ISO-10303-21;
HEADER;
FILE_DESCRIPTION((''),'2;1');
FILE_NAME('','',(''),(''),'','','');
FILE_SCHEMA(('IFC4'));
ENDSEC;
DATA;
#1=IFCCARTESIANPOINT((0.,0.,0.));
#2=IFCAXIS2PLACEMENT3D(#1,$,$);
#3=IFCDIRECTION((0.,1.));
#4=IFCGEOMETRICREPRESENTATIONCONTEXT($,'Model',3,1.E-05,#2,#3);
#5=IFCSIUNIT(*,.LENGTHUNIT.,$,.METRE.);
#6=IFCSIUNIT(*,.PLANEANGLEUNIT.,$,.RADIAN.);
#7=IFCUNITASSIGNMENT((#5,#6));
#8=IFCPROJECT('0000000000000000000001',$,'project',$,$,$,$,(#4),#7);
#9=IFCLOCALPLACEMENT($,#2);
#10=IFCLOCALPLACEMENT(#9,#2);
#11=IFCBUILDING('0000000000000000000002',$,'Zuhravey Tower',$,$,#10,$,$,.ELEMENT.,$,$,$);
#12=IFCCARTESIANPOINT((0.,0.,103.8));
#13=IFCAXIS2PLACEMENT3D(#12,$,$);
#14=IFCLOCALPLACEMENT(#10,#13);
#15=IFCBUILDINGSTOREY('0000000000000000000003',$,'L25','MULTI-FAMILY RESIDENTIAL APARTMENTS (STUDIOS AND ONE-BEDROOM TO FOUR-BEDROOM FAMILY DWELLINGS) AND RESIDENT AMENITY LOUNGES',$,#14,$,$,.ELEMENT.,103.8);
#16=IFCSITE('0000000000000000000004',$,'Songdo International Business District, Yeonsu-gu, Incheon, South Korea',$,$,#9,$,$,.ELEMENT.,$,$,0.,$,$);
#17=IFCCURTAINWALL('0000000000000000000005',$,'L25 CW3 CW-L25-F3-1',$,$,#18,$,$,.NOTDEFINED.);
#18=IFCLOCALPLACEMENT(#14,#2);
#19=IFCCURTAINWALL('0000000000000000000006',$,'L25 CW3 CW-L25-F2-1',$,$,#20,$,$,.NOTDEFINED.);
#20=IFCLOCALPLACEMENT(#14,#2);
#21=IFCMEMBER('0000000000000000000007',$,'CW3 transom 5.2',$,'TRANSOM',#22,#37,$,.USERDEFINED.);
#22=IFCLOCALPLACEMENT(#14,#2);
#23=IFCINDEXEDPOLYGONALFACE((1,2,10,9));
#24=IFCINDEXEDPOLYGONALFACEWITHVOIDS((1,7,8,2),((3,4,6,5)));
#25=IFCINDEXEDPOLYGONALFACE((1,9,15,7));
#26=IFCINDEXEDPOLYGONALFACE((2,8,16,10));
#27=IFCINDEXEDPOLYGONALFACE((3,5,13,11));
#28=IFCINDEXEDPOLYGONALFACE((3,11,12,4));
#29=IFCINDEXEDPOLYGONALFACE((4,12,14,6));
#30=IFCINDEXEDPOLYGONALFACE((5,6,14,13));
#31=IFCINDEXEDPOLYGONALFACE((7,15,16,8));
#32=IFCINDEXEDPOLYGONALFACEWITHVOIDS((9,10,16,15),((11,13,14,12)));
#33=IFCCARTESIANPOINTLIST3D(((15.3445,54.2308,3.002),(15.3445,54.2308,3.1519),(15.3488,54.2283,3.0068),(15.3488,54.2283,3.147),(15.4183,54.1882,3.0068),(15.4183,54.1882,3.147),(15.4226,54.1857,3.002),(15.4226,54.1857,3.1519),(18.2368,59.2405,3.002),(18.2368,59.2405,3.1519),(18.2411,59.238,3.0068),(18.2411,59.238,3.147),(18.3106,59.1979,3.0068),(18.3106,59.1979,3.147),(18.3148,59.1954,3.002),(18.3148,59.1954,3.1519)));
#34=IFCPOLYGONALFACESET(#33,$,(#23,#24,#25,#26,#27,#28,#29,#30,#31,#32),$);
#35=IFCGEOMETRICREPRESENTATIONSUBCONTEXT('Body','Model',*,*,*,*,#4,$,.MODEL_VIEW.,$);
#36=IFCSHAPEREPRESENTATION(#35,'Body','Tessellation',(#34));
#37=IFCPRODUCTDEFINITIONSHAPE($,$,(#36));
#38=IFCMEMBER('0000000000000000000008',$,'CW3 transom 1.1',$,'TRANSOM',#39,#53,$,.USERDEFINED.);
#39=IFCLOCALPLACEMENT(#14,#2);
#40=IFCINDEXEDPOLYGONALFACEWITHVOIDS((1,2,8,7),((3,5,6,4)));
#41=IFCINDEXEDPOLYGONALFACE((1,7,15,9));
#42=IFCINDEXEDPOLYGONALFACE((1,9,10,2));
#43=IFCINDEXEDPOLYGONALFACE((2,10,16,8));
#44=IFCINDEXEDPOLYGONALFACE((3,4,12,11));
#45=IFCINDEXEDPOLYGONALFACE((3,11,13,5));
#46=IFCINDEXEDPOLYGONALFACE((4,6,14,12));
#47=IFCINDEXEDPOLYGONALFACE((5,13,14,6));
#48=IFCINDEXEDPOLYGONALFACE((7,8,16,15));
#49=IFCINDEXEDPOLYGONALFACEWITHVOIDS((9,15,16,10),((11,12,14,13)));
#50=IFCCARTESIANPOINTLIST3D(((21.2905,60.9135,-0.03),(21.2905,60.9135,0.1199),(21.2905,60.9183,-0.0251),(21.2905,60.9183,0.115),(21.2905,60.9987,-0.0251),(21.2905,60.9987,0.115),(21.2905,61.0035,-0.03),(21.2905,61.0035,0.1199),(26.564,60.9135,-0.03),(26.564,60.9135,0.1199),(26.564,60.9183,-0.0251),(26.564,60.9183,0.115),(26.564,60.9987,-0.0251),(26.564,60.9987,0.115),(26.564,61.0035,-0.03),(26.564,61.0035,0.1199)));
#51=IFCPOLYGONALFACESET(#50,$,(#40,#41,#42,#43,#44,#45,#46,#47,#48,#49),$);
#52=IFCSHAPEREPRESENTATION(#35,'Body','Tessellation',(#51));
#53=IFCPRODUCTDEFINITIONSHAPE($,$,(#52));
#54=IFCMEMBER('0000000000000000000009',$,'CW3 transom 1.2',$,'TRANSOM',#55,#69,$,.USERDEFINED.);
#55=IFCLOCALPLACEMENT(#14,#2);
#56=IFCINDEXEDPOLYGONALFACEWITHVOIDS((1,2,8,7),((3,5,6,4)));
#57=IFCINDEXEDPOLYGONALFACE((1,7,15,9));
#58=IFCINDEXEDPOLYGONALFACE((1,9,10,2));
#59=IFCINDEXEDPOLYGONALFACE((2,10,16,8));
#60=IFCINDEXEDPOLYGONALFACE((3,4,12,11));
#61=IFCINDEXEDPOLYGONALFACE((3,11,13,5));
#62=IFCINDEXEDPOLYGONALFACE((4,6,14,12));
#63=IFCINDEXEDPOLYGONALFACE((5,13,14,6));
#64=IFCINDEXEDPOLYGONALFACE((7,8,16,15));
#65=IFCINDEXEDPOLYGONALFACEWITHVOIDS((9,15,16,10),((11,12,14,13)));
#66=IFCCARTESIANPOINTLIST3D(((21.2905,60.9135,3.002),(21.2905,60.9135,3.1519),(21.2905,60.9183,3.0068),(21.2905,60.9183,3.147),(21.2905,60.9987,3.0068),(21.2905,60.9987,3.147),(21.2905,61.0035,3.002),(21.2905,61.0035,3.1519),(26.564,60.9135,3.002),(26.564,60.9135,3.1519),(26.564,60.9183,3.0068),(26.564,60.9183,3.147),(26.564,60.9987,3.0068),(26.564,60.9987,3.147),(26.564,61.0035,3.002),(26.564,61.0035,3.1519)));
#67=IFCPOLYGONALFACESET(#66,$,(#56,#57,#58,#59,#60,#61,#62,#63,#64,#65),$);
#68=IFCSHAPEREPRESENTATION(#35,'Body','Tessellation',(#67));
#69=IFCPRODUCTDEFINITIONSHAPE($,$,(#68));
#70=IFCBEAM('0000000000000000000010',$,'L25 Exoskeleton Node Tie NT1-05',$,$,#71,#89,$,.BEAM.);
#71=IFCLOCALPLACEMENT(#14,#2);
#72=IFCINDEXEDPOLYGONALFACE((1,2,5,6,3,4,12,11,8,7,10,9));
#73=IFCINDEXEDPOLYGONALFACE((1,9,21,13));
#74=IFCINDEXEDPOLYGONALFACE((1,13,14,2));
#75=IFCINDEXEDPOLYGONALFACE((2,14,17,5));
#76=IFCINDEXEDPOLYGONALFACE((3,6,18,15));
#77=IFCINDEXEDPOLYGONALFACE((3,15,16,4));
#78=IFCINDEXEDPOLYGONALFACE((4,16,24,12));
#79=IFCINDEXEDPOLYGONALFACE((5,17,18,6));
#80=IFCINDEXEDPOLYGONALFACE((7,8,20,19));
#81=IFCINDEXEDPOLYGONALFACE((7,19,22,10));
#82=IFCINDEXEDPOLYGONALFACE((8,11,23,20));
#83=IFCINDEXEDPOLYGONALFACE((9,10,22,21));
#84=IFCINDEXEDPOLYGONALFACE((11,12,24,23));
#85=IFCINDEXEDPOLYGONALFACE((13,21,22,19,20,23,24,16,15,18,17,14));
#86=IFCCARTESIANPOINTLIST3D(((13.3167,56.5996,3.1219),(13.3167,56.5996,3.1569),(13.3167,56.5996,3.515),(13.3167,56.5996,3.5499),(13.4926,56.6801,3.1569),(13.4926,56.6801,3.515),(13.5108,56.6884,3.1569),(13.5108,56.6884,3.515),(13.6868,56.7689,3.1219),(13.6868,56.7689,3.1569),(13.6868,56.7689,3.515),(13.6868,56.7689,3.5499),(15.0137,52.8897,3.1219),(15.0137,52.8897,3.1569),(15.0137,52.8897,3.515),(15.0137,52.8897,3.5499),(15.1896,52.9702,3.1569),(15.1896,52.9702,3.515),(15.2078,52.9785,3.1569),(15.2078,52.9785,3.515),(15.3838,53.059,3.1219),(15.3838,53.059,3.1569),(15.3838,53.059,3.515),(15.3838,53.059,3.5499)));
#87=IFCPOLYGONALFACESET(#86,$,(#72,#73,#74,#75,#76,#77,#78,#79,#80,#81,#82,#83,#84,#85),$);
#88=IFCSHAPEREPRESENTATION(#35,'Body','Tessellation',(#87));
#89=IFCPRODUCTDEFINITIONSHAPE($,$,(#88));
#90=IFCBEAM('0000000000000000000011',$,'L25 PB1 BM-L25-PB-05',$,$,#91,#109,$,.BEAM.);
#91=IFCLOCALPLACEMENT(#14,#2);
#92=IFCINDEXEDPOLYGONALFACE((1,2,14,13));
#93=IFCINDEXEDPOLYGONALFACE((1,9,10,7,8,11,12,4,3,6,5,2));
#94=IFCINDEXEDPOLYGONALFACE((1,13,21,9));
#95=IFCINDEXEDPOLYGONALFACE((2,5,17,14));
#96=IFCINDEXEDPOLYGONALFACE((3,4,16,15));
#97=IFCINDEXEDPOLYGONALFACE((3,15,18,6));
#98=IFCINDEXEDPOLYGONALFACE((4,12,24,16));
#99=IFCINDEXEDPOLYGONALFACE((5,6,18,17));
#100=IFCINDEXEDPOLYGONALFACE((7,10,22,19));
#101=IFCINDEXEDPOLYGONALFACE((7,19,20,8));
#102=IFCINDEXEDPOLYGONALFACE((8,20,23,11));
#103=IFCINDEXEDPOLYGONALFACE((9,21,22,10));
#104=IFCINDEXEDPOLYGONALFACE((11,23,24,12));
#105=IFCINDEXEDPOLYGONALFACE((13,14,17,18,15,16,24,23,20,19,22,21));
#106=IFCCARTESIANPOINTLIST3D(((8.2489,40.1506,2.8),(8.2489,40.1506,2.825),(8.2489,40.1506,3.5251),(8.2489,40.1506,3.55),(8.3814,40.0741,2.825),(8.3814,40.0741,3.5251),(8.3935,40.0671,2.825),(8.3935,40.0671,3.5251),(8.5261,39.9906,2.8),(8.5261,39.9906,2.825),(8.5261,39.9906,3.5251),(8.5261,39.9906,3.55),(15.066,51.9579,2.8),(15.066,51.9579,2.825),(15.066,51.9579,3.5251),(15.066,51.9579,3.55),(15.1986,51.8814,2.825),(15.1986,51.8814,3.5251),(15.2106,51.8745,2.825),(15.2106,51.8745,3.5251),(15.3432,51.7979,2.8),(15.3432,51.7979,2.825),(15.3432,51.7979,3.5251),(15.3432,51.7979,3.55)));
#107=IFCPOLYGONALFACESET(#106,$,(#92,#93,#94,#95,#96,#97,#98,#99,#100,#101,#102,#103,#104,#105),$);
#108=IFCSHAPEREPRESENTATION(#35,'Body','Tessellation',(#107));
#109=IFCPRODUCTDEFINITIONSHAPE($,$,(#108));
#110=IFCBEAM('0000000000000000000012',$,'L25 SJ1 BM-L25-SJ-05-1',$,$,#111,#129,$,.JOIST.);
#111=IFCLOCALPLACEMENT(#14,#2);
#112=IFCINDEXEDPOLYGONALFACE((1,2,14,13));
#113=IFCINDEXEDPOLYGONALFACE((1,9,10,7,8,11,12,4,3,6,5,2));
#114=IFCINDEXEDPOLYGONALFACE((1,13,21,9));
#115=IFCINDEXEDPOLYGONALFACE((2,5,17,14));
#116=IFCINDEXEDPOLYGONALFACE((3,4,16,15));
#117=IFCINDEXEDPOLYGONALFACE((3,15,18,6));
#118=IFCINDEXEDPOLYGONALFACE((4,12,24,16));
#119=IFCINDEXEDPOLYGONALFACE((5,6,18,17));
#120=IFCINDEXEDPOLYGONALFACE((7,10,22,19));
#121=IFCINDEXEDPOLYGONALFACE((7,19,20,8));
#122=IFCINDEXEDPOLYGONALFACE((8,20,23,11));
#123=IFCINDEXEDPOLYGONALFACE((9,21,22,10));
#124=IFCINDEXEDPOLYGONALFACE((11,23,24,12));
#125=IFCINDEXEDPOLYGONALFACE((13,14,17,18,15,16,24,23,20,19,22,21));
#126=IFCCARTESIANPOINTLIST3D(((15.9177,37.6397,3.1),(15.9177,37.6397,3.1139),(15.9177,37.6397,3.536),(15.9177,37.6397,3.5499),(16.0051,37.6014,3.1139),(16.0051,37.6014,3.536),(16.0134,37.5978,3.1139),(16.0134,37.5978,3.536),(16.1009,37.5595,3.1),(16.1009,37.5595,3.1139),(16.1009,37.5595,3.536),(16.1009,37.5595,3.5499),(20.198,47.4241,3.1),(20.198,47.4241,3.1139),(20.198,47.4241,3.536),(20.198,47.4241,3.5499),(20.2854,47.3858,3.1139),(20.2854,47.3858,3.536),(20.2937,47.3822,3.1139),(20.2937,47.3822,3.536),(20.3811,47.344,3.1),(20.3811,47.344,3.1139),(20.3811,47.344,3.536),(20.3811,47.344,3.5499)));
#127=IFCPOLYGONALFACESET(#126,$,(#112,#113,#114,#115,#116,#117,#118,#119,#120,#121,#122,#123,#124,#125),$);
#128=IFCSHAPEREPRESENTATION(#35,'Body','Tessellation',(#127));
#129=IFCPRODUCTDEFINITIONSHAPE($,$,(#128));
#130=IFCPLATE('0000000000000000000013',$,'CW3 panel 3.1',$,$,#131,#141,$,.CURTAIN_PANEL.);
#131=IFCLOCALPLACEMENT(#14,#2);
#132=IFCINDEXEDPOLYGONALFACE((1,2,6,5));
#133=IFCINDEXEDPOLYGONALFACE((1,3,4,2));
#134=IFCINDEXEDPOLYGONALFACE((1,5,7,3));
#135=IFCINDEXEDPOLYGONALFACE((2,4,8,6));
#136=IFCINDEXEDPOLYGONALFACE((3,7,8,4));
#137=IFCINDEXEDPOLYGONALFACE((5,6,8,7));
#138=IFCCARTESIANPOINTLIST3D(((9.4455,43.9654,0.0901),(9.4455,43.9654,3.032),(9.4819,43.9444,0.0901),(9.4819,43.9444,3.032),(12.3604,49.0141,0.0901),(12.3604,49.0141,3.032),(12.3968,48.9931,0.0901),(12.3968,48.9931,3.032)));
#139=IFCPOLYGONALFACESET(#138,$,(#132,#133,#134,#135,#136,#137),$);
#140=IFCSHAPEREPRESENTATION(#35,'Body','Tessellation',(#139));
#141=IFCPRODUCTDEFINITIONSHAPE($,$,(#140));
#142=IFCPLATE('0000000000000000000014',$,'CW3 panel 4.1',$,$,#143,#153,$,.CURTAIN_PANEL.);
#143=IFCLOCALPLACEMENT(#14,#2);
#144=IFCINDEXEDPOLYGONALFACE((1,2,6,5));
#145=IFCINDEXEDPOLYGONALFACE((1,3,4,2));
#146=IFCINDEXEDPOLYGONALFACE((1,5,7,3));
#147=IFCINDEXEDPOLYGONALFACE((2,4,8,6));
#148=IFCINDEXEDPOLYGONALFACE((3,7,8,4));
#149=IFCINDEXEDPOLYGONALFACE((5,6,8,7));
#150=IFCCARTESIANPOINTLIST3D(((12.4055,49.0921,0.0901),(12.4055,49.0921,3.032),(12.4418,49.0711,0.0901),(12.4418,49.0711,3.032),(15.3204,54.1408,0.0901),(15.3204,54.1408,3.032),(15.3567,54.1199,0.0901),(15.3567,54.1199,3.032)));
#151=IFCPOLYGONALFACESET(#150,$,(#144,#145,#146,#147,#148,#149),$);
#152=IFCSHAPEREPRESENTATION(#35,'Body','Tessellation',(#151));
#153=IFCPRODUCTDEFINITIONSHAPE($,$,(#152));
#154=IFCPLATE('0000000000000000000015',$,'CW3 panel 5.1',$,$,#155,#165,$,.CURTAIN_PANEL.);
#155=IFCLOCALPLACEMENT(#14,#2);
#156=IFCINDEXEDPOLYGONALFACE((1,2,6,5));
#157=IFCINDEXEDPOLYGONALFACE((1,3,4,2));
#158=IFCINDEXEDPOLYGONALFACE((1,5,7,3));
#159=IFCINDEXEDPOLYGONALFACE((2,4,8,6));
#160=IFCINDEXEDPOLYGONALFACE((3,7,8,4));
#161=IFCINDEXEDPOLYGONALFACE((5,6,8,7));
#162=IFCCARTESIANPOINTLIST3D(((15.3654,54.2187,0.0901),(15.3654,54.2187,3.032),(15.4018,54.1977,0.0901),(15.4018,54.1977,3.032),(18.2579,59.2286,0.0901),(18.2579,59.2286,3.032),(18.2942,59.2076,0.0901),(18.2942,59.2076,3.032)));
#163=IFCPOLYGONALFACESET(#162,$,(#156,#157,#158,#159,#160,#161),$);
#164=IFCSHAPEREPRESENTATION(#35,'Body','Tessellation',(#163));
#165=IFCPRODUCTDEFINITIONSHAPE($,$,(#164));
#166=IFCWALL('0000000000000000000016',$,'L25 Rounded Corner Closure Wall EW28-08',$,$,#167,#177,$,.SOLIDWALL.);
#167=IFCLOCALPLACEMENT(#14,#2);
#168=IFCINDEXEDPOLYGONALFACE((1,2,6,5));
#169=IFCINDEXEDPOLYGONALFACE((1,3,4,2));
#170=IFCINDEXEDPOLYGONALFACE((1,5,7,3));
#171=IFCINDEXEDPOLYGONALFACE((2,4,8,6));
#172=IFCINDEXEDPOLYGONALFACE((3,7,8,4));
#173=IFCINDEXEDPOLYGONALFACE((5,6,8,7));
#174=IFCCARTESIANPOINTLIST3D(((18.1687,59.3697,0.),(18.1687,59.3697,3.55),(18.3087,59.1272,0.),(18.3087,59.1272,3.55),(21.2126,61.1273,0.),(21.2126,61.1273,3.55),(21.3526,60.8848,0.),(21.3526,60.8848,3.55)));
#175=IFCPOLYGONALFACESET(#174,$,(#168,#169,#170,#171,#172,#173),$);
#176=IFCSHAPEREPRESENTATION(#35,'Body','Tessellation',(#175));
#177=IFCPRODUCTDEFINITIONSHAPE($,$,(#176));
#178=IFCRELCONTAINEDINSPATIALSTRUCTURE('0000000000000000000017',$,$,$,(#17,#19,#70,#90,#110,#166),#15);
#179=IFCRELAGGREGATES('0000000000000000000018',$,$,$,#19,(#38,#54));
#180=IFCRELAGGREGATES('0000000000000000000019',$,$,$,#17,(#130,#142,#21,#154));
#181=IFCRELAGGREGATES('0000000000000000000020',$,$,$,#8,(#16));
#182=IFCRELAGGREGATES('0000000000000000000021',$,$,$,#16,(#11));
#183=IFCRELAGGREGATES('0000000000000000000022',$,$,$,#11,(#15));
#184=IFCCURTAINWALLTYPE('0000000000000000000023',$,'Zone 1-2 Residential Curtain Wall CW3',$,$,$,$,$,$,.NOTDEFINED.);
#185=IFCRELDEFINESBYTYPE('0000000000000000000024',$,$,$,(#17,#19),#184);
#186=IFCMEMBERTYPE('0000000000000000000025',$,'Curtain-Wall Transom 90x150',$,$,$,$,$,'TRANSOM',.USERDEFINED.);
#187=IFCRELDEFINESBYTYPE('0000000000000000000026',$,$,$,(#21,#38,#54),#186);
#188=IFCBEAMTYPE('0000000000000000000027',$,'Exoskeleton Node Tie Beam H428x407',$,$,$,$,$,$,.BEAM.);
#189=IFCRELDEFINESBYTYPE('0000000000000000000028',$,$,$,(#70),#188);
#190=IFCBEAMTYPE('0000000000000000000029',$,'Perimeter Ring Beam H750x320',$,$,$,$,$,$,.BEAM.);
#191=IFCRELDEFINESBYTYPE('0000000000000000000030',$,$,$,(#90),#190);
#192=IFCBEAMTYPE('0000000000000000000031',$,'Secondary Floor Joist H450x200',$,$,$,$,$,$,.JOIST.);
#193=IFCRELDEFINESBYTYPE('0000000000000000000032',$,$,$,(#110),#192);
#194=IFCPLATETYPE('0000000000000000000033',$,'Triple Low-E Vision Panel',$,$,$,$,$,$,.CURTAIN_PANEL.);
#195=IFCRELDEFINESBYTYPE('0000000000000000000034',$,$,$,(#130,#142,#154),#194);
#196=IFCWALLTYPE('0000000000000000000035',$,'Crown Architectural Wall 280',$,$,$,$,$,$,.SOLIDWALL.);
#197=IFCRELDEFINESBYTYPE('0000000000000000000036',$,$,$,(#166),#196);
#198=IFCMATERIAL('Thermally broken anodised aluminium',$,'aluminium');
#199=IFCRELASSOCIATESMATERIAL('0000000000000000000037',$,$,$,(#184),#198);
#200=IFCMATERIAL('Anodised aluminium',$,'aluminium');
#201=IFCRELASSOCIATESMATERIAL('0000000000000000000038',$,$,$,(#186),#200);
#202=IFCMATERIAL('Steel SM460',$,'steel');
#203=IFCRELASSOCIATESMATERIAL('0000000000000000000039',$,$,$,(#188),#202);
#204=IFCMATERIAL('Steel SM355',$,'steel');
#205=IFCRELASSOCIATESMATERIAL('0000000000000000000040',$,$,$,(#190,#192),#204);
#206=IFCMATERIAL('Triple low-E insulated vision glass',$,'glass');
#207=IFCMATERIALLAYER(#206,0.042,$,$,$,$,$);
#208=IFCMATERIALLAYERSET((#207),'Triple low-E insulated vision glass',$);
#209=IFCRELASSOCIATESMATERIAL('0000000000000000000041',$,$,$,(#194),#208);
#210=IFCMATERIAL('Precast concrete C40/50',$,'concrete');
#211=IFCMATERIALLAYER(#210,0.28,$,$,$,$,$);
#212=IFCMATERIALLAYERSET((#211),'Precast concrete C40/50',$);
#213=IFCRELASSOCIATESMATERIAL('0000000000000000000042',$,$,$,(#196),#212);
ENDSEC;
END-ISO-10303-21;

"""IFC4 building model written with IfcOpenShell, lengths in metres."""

from ifc_helpers import new_model, si_unit, direction, frame, frame_2d, origin, origin_2d, place, context, subcontext, project, spatial, rectangle, hollow_rectangle, i_section, extrude, material, layer, layer_set, material_profile, profile_set, type_object, element, aggregate, save


model = new_model("IFC4")

# Units and contexts
model_context = context("Model", 3, precision=1e-05, world=origin(), true_north=direction((0.0, 1.0)))
body_context = subcontext(model_context, "Body", "Model", "MODEL_VIEW")
ifc_project = project(units=[si_unit("LENGTHUNIT", "METRE"), si_unit("PLANEANGLEUNIT", "RADIAN")], contexts=[model_context])

# Site, building, storey
site_placement = place(None, origin())
site = spatial("IfcSite", under=ifc_project, at=site_placement, Name="Songdo International Business District, Yeonsu-gu, Incheon, South Korea", CompositionType="ELEMENT", RefElevation=0.0)
building_placement = place(site_placement, origin())
building = spatial("IfcBuilding", under=site, at=building_placement, Name="Zuhravey Tower", CompositionType="ELEMENT")
storey_placement = place(building_placement, frame((0.0, 0.0, 103.8)))
storey = spatial("IfcBuildingStorey", under=building, at=storey_placement, Name="L25", Description="MULTI-FAMILY RESIDENTIAL APARTMENTS (STUDIOS AND ONE-BEDROOM TO FOUR-BEDROOM FAMILY DWELLINGS) AND RESIDENT AMENITY LOUNGES", CompositionType="ELEMENT", Elevation=103.8)

# Curtain wall
ifc_material_1 = material(Name="Thermally broken anodised aluminium", Category="aluminium")
curtain_wall_type = type_object("IfcCurtainWallType", Name="Zone 1-2 Residential Curtain Wall CW3", PredefinedType="NOTDEFINED", material=ifc_material_1)
curtain_wall_1_placement = place(storey_placement, origin())
curtain_wall_1 = element("IfcCurtainWall", 1, at=curtain_wall_1_placement, inside=storey, type_object=curtain_wall_type, Name="L25 CW3 CW-L25-F3-1", PredefinedType="NOTDEFINED")
ifc_material_2 = material(Name="Anodised aluminium", Category="aluminium")

# Curtain wall
curtain_wall_2_placement = place(storey_placement, origin())
curtain_wall_2 = element("IfcCurtainWall", 2, at=curtain_wall_2_placement, inside=storey, type_object=curtain_wall_type, Name="L25 CW3 CW-L25-F2-1", PredefinedType="NOTDEFINED")

# Members
ifc_material_profile_1 = material_profile(ifc_material_2, hollow_rectangle(XDim=0.0901, YDim=0.1499, WallThickness=0.0049, at=origin_2d()), Name="ALU-RHS-90x150x5")
ifc_profile_set_1 = profile_set([ifc_material_profile_1], Name="Anodised aluminium")
member_type_1 = type_object("IfcMemberType", Name="Curtain-Wall Transom 90x150", ElementType="TRANSOM", PredefinedType="USERDEFINED", material=ifc_profile_set_1)
member_1_placement = place(storey_placement, frame((15.3835, 54.2083, 3.0769), z_axis=(0.499993, 0.86603, 0.0), x_axis=(-0.86603, 0.499993, 0.0)))
member_1 = element("IfcMember", 3, at=member_1_placement, type_object=member_type_1, Name="CW3 transom 5.2", ObjectType="TRANSOM", PredefinedType="USERDEFINED", context=body_context, shape_type="SweptSolid", body=[
    extrude(hollow_rectangle(XDim=0.0901, YDim=0.1499, WallThickness=0.0049, at=origin_2d()), origin(), (0.0, 0.0, 1.0), 5.7847),
])
member_2_placement = place(storey_placement, frame((21.2905, 60.9585, 0.0449), z_axis=(1.0, 0.0, 0.0), x_axis=(0.0, 1.0, 0.0)))
member_2 = element("IfcMember", 4, at=member_2_placement, type_object=member_type_1, Name="CW3 transom 1.1", ObjectType="TRANSOM", PredefinedType="USERDEFINED", context=body_context, shape_type="SweptSolid", body=[
    extrude(hollow_rectangle(XDim=0.0901, YDim=0.1499, WallThickness=0.0049, at=origin_2d()), origin(), (0.0, 0.0, 1.0), 5.2734),
])
member_3_placement = place(storey_placement, frame((21.2905, 60.9585, 3.0769), z_axis=(1.0, 0.0, 0.0), x_axis=(0.0, 1.0, 0.0)))
member_3 = element("IfcMember", 5, at=member_3_placement, type_object=member_type_1, Name="CW3 transom 1.2", ObjectType="TRANSOM", PredefinedType="USERDEFINED", context=body_context, shape_type="SweptSolid", body=[
    extrude(hollow_rectangle(XDim=0.0901, YDim=0.1499, WallThickness=0.0049, at=origin_2d()), origin(), (0.0, 0.0, 1.0), 5.2734),
])
aggregate(curtain_wall_2, [member_2, member_3])

# Beams
ifc_material_3 = material(Name="Steel SM460", Category="steel")
ifc_material_profile_2 = material_profile(ifc_material_3, i_section(OverallWidth=0.407, OverallDepth=0.428, WebThickness=0.02, FlangeThickness=0.0349, at=origin_2d()), Name="H-428x407x20x35")
ifc_profile_set_2 = profile_set([ifc_material_profile_2], Name="Steel SM460")
beam_type_1 = type_object("IfcBeamType", Name="Exoskeleton Node Tie Beam H428x407", PredefinedType="BEAM", material=ifc_profile_set_2)
beam_1_placement = place(storey_placement, frame((15.1987, 52.9744, 3.3359), z_axis=(-0.41597, 0.909378, 0.0), x_axis=(-0.909378, -0.41597, 0.0)))
element("IfcBeam", 6, at=beam_1_placement, inside=storey, type_object=beam_type_1, Name="L25 Exoskeleton Node Tie NT1-05", PredefinedType="BEAM", context=body_context, shape_type="SweptSolid", body=[
    extrude(i_section(OverallWidth=0.407, OverallDepth=0.428, WebThickness=0.02, FlangeThickness=0.0349, at=origin_2d()), origin(), (0.0, 0.0, 1.0), 4.0796),
])
ifc_material_4 = material(Name="Steel SM355", Category="steel")
ifc_material_profile_3 = material_profile(ifc_material_4, i_section(OverallWidth=0.3201, OverallDepth=0.75, WebThickness=0.0139, FlangeThickness=0.0249, at=origin_2d()), Name="H-750x320x14x25")
ifc_profile_set_3 = profile_set([ifc_material_profile_3], Name="Steel SM355")
beam_type_2 = type_object("IfcBeamType", Name="Perimeter Ring Beam H750x320", PredefinedType="BEAM", material=ifc_profile_set_3)
beam_2_placement = place(storey_placement, frame((15.2046, 51.8779, 3.175), z_axis=(-0.500008, -0.866021, 0.0), x_axis=(0.866021, -0.500008, 0.0)))
element("IfcBeam", 7, at=beam_2_placement, inside=storey, type_object=beam_type_2, Name="L25 PB1 BM-L25-PB-05", PredefinedType="BEAM", context=body_context, shape_type="SweptSolid", body=[
    extrude(i_section(OverallWidth=0.3201, OverallDepth=0.75, WebThickness=0.0139, FlangeThickness=0.0249, at=origin_2d()), origin(), (0.0, 0.0, 1.0), 13.634),
])
ifc_material_profile_4 = material_profile(ifc_material_4, i_section(OverallWidth=0.2, OverallDepth=0.45, WebThickness=0.009, FlangeThickness=0.0139, at=origin_2d()), Name="H-450x200x9x14")
ifc_profile_set_4 = profile_set([ifc_material_profile_4], Name="Steel SM355")
beam_type_3 = type_object("IfcBeamType", Name="Secondary Floor Joist H450x200", PredefinedType="JOIST", material=ifc_profile_set_4)
beam_3_placement = place(storey_placement, frame((20.2896, 47.384, 3.325), z_axis=(-0.400786, -0.916172, 0.0), x_axis=(0.916172, -0.400786, 0.0)))
element("IfcBeam", 8, at=beam_3_placement, inside=storey, type_object=beam_type_3, Name="L25 SJ1 BM-L25-SJ-05-1", PredefinedType="JOIST", context=body_context, shape_type="SweptSolid", body=[
    extrude(i_section(OverallWidth=0.2, OverallDepth=0.45, WebThickness=0.009, FlangeThickness=0.0139, at=origin_2d()), origin(), (0.0, 0.0, 1.0), 10.6797),
])

# Plates
ifc_material_5 = material(Name="Triple low-E insulated vision glass", Category="glass")
ifc_layer_1 = layer(ifc_material_5, 0.042)
ifc_layer_set_1 = layer_set([ifc_layer_1], Name="Triple low-E insulated vision glass")
plate_type = type_object("IfcPlateType", Name="Triple Low-E Vision Panel", PredefinedType="CURTAIN_PANEL", material=ifc_layer_set_1)
plate_1_placement = place(storey_placement, frame((10.9211, 46.4792, 0.0901), z_axis=(0.0, 0.0, 1.0), x_axis=(0.5, 0.866026, 0.0)))
plate_1 = element("IfcPlate", 9, at=plate_1_placement, type_object=plate_type, Name="CW3 panel 3.1", PredefinedType="CURTAIN_PANEL", context=body_context, shape_type="SweptSolid", body=[
    extrude(rectangle(XDim=5.8298, YDim=0.042, at=origin_2d()), origin(), (0.0, 0.0, 1.0), 2.9419),
])
plate_2_placement = place(storey_placement, frame((13.8811, 51.606, 0.0901), z_axis=(0.0, 0.0, 1.0), x_axis=(0.5, 0.866026, 0.0)))
plate_2 = element("IfcPlate", 10, at=plate_2_placement, type_object=plate_type, Name="CW3 panel 4.1", PredefinedType="CURTAIN_PANEL", context=body_context, shape_type="SweptSolid", body=[
    extrude(rectangle(XDim=5.8298, YDim=0.042, at=origin_2d()), origin(), (0.0, 0.0, 1.0), 2.9419),
])
plate_3_placement = place(storey_placement, frame((16.8298, 56.7131, 0.0901), z_axis=(0.0, 0.0, 1.0), x_axis=(0.5, 0.866026, 0.0)))
plate_3 = element("IfcPlate", 11, at=plate_3_placement, type_object=plate_type, Name="CW3 panel 5.1", PredefinedType="CURTAIN_PANEL", context=body_context, shape_type="SweptSolid", body=[
    extrude(rectangle(XDim=5.7849, YDim=0.042, at=origin_2d()), origin(), (0.0, 0.0, 1.0), 2.9419),
])
aggregate(curtain_wall_1, [plate_1, plate_2, member_1, plate_3])

# Wall
ifc_material_6 = material(Name="Precast concrete C40/50", Category="concrete")
ifc_layer_2 = layer(ifc_material_6, 0.28)
ifc_layer_set_2 = layer_set([ifc_layer_2], Name="Precast concrete C40/50")
wall_type_1 = type_object("IfcWallType", Name="Crown Architectural Wall 280", PredefinedType="SOLIDWALL", material=ifc_layer_set_2)
wall_1_placement = place(storey_placement, frame((18.2388, 59.2485, 0.0), z_axis=(0.0, 0.0, 1.0), x_axis=(0.866007, 0.500031, 0.0)))
element("IfcWall", 12, at=wall_1_placement, inside=storey, type_object=wall_type_1, Name="L25 Rounded Corner Closure Wall EW28-08", PredefinedType="SOLIDWALL", context=body_context, shape_type="SweptSolid", body=[
    extrude(rectangle(XDim=3.5149, YDim=0.28, at=frame_2d((1.7573, 0.0))), origin(), (0.0, 0.0, 1.0), 3.55),
])

save(model, "model.ifc")
